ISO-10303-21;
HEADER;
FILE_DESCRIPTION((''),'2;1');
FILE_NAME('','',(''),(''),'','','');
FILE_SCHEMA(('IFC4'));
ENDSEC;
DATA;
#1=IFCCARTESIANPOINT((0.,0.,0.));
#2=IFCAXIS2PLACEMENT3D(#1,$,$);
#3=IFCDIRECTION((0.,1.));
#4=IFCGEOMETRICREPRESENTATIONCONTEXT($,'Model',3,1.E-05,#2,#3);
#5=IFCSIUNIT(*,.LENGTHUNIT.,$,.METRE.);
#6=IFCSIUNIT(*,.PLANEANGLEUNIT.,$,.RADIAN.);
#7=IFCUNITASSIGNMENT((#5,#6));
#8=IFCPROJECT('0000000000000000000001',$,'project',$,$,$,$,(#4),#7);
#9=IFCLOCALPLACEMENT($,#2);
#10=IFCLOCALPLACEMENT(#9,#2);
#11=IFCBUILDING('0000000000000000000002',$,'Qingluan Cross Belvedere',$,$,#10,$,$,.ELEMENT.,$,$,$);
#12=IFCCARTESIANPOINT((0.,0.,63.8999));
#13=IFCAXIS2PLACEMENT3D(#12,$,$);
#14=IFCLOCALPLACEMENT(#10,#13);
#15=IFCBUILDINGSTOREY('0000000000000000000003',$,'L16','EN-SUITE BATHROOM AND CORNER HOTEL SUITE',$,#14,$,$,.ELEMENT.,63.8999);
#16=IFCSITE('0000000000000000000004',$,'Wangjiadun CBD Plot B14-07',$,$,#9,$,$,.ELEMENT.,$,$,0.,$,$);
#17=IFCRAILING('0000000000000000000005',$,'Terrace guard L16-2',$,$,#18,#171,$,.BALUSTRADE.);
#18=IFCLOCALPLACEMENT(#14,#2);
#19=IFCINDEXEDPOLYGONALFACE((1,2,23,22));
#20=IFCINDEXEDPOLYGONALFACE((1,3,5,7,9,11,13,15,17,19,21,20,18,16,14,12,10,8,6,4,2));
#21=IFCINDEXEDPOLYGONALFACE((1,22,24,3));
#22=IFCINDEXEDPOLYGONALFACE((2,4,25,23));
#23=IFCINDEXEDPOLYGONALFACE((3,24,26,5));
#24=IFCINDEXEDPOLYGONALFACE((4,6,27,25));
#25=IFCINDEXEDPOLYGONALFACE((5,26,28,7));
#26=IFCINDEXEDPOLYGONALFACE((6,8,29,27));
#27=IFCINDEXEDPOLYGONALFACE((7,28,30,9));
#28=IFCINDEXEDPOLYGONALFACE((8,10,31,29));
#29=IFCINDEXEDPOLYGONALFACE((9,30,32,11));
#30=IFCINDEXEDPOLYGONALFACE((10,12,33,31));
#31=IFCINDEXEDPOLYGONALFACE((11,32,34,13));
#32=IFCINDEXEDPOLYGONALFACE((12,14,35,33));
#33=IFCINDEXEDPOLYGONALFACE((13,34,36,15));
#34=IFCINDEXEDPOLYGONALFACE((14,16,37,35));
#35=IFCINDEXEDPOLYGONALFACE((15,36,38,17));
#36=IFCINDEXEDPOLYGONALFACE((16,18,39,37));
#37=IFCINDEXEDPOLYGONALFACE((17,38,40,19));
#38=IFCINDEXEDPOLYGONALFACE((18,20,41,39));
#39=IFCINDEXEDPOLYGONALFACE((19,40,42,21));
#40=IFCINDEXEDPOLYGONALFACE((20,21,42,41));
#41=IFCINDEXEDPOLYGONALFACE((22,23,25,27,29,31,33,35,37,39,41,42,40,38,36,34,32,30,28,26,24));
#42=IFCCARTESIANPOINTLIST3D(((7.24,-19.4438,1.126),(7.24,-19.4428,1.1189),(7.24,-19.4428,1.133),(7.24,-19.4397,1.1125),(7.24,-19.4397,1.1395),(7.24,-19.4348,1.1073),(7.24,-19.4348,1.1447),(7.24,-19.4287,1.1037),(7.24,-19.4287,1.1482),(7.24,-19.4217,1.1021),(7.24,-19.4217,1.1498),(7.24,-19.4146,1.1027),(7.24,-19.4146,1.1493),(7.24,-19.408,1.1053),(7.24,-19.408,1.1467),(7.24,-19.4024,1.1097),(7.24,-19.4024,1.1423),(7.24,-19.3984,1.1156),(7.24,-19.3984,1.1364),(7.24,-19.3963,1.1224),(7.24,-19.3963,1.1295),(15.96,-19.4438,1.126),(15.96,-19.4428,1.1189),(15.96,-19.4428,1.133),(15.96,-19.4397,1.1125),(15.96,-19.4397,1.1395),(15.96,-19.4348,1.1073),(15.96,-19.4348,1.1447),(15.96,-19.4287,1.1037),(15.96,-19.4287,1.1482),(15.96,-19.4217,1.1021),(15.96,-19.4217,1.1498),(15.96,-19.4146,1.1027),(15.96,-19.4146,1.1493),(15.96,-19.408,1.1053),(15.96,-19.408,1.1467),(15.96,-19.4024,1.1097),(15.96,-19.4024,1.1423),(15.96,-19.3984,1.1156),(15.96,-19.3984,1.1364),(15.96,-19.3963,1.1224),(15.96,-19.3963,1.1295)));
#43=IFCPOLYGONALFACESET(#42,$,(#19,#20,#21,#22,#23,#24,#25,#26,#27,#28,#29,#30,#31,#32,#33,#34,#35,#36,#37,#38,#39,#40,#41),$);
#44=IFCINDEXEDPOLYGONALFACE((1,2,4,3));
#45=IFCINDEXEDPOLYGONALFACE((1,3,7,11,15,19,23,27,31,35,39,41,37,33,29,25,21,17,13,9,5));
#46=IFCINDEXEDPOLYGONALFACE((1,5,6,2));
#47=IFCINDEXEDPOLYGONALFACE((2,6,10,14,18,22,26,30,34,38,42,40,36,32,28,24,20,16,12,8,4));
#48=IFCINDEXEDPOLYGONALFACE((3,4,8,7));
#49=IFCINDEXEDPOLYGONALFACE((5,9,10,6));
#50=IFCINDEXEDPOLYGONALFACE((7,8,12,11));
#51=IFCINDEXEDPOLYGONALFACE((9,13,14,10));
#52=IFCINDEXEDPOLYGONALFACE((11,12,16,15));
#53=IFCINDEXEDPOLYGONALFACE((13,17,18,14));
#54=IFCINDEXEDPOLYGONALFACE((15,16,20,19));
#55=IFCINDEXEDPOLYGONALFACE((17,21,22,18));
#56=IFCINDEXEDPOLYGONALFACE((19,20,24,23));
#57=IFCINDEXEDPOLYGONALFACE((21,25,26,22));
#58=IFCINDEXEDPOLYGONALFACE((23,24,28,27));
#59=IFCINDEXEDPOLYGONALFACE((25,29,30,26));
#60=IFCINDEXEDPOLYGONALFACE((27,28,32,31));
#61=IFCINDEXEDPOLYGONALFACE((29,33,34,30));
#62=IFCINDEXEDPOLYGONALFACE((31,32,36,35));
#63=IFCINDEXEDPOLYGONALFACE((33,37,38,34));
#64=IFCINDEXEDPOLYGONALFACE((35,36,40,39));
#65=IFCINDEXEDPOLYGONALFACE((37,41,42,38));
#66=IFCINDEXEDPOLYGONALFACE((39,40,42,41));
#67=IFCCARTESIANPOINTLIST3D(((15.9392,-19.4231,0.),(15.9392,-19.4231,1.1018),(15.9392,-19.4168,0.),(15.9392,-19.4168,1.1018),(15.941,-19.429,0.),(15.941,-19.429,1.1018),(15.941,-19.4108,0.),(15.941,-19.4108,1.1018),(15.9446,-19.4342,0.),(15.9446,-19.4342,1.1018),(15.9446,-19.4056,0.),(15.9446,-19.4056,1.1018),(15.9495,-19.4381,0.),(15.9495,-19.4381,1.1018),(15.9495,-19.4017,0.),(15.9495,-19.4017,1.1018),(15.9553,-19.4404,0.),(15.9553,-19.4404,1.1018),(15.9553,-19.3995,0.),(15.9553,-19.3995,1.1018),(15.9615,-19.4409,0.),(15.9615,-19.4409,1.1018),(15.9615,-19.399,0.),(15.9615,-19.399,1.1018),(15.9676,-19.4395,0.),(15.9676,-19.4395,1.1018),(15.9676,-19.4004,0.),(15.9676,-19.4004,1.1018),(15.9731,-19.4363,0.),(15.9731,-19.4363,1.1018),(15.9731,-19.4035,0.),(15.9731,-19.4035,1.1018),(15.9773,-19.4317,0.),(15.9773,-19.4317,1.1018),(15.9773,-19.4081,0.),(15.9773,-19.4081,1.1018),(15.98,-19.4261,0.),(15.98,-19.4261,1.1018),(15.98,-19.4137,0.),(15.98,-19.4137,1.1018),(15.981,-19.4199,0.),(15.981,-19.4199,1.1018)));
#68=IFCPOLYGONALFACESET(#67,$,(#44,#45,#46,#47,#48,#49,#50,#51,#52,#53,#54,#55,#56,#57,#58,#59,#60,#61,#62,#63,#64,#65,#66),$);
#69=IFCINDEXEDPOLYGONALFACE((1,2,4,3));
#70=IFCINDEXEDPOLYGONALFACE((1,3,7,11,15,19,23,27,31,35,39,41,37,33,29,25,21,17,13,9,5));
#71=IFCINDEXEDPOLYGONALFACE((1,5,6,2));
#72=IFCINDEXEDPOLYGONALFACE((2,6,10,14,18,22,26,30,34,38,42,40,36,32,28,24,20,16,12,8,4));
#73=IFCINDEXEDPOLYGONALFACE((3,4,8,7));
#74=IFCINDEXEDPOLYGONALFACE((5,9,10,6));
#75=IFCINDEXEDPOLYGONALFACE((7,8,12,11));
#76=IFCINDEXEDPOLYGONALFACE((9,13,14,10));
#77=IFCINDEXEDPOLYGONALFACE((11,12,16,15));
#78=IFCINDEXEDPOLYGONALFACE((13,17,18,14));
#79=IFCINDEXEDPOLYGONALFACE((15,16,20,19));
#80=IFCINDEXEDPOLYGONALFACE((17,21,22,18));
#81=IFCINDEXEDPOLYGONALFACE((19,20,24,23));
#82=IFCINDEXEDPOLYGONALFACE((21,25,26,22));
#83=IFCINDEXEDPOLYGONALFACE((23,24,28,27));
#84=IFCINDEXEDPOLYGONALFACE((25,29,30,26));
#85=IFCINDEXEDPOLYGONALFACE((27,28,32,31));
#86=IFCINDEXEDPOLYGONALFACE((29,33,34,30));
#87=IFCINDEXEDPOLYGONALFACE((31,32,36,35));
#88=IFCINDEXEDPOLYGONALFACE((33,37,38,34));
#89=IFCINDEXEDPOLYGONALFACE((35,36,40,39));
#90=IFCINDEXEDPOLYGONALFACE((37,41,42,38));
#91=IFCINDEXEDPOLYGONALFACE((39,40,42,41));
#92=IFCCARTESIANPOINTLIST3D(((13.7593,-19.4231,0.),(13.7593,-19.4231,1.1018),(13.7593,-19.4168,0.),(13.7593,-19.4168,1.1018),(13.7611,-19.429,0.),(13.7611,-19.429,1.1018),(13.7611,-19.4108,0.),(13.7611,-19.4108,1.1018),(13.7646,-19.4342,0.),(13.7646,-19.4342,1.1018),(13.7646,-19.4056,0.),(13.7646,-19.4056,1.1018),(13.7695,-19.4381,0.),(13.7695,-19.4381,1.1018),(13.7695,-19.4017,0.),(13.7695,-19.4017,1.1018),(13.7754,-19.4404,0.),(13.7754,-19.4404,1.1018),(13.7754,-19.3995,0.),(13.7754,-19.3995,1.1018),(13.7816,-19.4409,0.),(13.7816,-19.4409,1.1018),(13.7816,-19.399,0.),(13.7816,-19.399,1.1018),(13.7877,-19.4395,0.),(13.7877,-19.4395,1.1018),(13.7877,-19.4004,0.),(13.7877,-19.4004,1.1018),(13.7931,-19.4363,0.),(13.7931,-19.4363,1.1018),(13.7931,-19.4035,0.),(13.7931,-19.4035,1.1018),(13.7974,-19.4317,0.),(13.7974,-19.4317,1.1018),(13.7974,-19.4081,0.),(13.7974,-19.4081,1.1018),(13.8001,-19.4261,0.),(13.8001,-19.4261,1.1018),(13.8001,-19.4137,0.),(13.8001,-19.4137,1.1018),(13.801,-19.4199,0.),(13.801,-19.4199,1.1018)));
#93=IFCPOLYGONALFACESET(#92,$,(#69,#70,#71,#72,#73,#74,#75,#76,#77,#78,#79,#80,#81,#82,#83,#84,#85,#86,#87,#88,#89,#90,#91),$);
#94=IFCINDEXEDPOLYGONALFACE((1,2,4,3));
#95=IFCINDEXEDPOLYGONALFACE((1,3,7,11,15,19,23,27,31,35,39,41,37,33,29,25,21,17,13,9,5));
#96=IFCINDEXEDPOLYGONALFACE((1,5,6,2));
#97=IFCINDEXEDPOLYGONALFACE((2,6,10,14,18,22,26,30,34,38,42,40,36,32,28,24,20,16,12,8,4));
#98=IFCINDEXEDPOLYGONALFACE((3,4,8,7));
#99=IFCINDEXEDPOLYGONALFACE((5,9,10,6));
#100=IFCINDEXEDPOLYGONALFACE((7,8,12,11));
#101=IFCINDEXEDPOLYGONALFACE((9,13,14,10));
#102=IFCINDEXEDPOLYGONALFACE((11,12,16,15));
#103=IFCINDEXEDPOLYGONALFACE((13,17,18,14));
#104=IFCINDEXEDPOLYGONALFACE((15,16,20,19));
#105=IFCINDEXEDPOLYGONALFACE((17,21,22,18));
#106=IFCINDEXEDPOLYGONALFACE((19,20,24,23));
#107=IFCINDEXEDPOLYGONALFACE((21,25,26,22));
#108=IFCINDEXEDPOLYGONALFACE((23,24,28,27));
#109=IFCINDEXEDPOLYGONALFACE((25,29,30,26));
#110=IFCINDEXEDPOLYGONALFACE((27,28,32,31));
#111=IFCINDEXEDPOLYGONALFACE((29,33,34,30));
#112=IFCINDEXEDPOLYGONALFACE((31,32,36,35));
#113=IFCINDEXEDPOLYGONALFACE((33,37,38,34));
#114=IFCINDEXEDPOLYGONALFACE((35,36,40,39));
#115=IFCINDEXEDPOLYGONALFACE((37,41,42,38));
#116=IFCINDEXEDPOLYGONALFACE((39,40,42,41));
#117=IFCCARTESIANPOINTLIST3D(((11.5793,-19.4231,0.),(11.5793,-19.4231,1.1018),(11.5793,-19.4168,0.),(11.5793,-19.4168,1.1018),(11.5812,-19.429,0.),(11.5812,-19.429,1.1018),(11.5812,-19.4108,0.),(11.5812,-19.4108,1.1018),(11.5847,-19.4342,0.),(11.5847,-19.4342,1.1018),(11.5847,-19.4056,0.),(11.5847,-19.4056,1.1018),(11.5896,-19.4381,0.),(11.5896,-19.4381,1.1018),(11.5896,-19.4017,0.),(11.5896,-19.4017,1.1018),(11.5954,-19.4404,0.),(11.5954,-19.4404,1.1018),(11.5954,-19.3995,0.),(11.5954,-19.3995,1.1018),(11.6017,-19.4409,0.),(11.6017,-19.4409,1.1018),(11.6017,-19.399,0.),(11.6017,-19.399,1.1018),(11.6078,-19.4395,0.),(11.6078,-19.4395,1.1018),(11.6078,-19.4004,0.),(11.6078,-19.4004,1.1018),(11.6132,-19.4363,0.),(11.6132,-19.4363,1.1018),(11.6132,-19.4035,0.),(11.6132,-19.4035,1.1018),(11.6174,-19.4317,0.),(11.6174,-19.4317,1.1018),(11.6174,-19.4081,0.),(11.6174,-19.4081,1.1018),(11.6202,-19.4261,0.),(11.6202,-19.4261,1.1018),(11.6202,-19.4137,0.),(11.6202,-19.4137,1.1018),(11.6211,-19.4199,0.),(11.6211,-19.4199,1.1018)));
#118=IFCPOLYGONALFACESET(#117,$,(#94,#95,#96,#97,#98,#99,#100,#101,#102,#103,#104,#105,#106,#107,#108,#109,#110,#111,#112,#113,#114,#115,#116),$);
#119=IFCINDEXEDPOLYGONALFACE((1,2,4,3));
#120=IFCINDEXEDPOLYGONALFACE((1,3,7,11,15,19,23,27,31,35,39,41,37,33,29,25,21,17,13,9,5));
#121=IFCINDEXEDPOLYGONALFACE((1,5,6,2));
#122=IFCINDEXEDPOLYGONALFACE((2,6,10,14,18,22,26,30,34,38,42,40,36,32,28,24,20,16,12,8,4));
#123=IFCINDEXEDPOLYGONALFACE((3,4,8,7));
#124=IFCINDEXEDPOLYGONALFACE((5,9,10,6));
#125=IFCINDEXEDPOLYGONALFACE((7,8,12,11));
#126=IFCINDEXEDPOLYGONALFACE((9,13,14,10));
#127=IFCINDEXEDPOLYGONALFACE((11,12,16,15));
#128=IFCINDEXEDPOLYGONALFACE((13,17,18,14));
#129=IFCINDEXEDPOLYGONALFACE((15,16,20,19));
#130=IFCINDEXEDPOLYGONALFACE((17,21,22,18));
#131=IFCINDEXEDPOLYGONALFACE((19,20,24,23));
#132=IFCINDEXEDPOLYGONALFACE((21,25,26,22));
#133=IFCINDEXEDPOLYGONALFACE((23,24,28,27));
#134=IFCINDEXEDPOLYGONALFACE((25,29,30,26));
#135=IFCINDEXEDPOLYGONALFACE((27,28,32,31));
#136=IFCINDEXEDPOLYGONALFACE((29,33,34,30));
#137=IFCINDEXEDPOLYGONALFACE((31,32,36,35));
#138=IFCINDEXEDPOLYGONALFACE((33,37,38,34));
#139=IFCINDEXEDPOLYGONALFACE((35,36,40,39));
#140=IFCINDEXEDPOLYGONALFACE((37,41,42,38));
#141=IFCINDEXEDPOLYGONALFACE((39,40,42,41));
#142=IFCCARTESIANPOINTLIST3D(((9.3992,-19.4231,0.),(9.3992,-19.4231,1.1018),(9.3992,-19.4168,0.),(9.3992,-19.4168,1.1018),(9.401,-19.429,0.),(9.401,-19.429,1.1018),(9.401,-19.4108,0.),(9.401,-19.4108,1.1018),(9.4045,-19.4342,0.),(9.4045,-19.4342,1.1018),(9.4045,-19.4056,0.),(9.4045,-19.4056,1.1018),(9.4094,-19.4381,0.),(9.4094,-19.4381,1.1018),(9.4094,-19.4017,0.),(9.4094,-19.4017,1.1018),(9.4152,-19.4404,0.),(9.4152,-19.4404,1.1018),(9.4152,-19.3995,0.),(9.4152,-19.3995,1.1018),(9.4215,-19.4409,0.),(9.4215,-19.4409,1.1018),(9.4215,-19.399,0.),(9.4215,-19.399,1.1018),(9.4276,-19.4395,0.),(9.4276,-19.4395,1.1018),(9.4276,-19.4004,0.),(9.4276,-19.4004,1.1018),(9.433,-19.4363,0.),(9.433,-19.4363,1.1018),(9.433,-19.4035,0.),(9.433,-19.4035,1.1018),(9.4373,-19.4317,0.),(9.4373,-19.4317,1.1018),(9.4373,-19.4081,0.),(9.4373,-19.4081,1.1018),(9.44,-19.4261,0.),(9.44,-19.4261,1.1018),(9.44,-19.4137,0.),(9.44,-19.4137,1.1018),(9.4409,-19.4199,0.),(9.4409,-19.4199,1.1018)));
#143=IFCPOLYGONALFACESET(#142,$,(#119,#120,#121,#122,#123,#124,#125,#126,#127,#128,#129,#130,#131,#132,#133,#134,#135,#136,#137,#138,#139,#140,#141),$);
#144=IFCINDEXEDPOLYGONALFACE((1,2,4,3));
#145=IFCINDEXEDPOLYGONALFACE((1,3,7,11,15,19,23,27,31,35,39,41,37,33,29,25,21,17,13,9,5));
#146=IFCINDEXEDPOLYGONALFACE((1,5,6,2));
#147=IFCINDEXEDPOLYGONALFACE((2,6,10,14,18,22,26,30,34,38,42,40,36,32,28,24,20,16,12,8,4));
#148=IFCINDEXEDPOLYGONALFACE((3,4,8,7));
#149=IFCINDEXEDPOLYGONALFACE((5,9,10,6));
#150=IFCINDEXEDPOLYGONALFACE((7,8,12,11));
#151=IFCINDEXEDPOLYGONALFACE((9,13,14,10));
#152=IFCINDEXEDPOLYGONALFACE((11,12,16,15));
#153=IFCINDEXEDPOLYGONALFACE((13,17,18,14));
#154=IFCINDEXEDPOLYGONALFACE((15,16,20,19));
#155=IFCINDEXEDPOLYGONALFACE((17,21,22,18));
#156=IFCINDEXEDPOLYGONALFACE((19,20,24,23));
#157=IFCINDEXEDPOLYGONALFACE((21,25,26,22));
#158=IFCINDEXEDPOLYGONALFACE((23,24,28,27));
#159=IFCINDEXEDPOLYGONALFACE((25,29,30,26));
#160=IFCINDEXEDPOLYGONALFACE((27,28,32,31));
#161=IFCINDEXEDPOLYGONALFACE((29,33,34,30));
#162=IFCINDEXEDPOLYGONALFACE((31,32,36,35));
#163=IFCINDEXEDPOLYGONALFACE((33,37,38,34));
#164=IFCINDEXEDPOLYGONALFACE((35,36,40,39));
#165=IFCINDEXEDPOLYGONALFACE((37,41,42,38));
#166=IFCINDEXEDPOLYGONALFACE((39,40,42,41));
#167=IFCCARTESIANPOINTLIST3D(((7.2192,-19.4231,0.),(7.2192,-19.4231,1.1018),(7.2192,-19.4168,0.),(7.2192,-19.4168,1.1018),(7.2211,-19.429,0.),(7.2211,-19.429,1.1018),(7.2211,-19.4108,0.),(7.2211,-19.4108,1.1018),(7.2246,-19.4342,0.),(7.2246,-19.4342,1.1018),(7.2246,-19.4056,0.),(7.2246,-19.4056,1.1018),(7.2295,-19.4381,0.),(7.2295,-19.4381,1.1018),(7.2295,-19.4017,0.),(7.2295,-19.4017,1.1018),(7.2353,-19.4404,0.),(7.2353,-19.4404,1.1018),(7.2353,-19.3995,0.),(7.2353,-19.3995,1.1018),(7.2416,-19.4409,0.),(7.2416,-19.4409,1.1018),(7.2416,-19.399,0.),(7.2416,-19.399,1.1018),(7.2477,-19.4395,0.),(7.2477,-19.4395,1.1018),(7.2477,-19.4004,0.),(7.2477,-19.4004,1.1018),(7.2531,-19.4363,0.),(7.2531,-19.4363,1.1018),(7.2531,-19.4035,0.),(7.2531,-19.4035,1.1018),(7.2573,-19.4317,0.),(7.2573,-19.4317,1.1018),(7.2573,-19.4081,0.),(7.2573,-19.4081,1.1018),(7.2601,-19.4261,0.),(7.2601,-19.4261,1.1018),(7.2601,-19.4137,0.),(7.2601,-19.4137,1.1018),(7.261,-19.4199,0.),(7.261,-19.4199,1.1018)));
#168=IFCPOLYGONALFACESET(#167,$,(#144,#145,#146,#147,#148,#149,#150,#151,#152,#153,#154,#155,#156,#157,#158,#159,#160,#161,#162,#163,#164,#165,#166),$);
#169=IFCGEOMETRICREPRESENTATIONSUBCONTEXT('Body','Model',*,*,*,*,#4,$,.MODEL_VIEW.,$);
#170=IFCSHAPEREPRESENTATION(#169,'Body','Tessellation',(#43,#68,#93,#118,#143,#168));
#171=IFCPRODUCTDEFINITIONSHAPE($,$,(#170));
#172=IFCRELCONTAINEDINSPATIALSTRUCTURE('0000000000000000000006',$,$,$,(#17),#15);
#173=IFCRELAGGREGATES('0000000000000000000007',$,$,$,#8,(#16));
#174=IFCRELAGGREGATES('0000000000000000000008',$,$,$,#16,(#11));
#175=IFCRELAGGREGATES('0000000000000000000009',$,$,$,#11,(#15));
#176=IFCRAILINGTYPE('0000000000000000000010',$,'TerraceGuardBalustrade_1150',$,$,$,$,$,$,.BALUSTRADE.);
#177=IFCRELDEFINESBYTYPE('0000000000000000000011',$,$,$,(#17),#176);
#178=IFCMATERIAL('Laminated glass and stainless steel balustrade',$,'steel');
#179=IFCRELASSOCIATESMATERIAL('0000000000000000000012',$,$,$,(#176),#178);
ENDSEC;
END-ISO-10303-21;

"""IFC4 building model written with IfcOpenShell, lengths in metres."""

from ifc_helpers import new_model, si_unit, direction, frame, origin, origin_2d, place, context, subcontext, project, spatial, circle, extrude, material, type_object, element, save


model = new_model("IFC4")

# Units and contexts
model_context = context("Model", 3, precision=1e-05, world=origin(), true_north=direction((0.0, 1.0)))
body_context = subcontext(model_context, "Body", "Model", "MODEL_VIEW")
ifc_project = project(units=[si_unit("LENGTHUNIT", "METRE"), si_unit("PLANEANGLEUNIT", "RADIAN")], contexts=[model_context])

# Site, building, storey
site_placement = place(None, origin())
site = spatial("IfcSite", under=ifc_project, at=site_placement, Name="Wangjiadun CBD Plot B14-07", CompositionType="ELEMENT", RefElevation=0.0)
building_placement = place(site_placement, origin())
building = spatial("IfcBuilding", under=site, at=building_placement, Name="Qingluan Cross Belvedere", CompositionType="ELEMENT")
storey_placement = place(building_placement, frame((0.0, 0.0, 63.8999)))
storey = spatial("IfcBuildingStorey", under=building, at=storey_placement, Name="L16", Description="EN-SUITE BATHROOM AND CORNER HOTEL SUITE", CompositionType="ELEMENT", Elevation=63.8999)

# Railing
ifc_material_1 = material(Name="Laminated glass and stainless steel balustrade", Category="steel")
railing_type = type_object("IfcRailingType", Name="TerraceGuardBalustrade_1150", PredefinedType="BALUSTRADE", material=ifc_material_1)
railing_1_placement = place(storey_placement, frame((15.96, -19.4199, 0.0)))
element("IfcRailing", 1, at=railing_1_placement, inside=storey, type_object=railing_type, Name="Terrace guard L16-2", PredefinedType="BALUSTRADE", context=body_context, shape_type="SweptSolid", body=[
    extrude(circle(Radius=0.0239, at=origin_2d()), frame((0.0, 0.0, 1.126), z_axis=(-1.0, 0.0, 0.0), x_axis=(0.0, -1.0, 0.0)), (0.0, 0.0, 1.0), 8.72),
    extrude(circle(Radius=0.021, at=origin_2d()), origin(), (0.0, 0.0, 1.0), 1.1018),
    extrude(circle(Radius=0.021, at=origin_2d()), frame((-2.1799, 0.0, 0.0)), (0.0, 0.0, 1.0), 1.1018),
    extrude(circle(Radius=0.021, at=origin_2d()), frame((-4.3599, 0.0, 0.0)), (0.0, 0.0, 1.0), 1.1018),
    extrude(circle(Radius=0.021, at=origin_2d()), frame((-6.54, 0.0, 0.0)), (0.0, 0.0, 1.0), 1.1018),
    extrude(circle(Radius=0.021, at=origin_2d()), frame((-8.72, 0.0, 0.0)), (0.0, 0.0, 1.0), 1.1018),
])

save(model, "model.ifc")
